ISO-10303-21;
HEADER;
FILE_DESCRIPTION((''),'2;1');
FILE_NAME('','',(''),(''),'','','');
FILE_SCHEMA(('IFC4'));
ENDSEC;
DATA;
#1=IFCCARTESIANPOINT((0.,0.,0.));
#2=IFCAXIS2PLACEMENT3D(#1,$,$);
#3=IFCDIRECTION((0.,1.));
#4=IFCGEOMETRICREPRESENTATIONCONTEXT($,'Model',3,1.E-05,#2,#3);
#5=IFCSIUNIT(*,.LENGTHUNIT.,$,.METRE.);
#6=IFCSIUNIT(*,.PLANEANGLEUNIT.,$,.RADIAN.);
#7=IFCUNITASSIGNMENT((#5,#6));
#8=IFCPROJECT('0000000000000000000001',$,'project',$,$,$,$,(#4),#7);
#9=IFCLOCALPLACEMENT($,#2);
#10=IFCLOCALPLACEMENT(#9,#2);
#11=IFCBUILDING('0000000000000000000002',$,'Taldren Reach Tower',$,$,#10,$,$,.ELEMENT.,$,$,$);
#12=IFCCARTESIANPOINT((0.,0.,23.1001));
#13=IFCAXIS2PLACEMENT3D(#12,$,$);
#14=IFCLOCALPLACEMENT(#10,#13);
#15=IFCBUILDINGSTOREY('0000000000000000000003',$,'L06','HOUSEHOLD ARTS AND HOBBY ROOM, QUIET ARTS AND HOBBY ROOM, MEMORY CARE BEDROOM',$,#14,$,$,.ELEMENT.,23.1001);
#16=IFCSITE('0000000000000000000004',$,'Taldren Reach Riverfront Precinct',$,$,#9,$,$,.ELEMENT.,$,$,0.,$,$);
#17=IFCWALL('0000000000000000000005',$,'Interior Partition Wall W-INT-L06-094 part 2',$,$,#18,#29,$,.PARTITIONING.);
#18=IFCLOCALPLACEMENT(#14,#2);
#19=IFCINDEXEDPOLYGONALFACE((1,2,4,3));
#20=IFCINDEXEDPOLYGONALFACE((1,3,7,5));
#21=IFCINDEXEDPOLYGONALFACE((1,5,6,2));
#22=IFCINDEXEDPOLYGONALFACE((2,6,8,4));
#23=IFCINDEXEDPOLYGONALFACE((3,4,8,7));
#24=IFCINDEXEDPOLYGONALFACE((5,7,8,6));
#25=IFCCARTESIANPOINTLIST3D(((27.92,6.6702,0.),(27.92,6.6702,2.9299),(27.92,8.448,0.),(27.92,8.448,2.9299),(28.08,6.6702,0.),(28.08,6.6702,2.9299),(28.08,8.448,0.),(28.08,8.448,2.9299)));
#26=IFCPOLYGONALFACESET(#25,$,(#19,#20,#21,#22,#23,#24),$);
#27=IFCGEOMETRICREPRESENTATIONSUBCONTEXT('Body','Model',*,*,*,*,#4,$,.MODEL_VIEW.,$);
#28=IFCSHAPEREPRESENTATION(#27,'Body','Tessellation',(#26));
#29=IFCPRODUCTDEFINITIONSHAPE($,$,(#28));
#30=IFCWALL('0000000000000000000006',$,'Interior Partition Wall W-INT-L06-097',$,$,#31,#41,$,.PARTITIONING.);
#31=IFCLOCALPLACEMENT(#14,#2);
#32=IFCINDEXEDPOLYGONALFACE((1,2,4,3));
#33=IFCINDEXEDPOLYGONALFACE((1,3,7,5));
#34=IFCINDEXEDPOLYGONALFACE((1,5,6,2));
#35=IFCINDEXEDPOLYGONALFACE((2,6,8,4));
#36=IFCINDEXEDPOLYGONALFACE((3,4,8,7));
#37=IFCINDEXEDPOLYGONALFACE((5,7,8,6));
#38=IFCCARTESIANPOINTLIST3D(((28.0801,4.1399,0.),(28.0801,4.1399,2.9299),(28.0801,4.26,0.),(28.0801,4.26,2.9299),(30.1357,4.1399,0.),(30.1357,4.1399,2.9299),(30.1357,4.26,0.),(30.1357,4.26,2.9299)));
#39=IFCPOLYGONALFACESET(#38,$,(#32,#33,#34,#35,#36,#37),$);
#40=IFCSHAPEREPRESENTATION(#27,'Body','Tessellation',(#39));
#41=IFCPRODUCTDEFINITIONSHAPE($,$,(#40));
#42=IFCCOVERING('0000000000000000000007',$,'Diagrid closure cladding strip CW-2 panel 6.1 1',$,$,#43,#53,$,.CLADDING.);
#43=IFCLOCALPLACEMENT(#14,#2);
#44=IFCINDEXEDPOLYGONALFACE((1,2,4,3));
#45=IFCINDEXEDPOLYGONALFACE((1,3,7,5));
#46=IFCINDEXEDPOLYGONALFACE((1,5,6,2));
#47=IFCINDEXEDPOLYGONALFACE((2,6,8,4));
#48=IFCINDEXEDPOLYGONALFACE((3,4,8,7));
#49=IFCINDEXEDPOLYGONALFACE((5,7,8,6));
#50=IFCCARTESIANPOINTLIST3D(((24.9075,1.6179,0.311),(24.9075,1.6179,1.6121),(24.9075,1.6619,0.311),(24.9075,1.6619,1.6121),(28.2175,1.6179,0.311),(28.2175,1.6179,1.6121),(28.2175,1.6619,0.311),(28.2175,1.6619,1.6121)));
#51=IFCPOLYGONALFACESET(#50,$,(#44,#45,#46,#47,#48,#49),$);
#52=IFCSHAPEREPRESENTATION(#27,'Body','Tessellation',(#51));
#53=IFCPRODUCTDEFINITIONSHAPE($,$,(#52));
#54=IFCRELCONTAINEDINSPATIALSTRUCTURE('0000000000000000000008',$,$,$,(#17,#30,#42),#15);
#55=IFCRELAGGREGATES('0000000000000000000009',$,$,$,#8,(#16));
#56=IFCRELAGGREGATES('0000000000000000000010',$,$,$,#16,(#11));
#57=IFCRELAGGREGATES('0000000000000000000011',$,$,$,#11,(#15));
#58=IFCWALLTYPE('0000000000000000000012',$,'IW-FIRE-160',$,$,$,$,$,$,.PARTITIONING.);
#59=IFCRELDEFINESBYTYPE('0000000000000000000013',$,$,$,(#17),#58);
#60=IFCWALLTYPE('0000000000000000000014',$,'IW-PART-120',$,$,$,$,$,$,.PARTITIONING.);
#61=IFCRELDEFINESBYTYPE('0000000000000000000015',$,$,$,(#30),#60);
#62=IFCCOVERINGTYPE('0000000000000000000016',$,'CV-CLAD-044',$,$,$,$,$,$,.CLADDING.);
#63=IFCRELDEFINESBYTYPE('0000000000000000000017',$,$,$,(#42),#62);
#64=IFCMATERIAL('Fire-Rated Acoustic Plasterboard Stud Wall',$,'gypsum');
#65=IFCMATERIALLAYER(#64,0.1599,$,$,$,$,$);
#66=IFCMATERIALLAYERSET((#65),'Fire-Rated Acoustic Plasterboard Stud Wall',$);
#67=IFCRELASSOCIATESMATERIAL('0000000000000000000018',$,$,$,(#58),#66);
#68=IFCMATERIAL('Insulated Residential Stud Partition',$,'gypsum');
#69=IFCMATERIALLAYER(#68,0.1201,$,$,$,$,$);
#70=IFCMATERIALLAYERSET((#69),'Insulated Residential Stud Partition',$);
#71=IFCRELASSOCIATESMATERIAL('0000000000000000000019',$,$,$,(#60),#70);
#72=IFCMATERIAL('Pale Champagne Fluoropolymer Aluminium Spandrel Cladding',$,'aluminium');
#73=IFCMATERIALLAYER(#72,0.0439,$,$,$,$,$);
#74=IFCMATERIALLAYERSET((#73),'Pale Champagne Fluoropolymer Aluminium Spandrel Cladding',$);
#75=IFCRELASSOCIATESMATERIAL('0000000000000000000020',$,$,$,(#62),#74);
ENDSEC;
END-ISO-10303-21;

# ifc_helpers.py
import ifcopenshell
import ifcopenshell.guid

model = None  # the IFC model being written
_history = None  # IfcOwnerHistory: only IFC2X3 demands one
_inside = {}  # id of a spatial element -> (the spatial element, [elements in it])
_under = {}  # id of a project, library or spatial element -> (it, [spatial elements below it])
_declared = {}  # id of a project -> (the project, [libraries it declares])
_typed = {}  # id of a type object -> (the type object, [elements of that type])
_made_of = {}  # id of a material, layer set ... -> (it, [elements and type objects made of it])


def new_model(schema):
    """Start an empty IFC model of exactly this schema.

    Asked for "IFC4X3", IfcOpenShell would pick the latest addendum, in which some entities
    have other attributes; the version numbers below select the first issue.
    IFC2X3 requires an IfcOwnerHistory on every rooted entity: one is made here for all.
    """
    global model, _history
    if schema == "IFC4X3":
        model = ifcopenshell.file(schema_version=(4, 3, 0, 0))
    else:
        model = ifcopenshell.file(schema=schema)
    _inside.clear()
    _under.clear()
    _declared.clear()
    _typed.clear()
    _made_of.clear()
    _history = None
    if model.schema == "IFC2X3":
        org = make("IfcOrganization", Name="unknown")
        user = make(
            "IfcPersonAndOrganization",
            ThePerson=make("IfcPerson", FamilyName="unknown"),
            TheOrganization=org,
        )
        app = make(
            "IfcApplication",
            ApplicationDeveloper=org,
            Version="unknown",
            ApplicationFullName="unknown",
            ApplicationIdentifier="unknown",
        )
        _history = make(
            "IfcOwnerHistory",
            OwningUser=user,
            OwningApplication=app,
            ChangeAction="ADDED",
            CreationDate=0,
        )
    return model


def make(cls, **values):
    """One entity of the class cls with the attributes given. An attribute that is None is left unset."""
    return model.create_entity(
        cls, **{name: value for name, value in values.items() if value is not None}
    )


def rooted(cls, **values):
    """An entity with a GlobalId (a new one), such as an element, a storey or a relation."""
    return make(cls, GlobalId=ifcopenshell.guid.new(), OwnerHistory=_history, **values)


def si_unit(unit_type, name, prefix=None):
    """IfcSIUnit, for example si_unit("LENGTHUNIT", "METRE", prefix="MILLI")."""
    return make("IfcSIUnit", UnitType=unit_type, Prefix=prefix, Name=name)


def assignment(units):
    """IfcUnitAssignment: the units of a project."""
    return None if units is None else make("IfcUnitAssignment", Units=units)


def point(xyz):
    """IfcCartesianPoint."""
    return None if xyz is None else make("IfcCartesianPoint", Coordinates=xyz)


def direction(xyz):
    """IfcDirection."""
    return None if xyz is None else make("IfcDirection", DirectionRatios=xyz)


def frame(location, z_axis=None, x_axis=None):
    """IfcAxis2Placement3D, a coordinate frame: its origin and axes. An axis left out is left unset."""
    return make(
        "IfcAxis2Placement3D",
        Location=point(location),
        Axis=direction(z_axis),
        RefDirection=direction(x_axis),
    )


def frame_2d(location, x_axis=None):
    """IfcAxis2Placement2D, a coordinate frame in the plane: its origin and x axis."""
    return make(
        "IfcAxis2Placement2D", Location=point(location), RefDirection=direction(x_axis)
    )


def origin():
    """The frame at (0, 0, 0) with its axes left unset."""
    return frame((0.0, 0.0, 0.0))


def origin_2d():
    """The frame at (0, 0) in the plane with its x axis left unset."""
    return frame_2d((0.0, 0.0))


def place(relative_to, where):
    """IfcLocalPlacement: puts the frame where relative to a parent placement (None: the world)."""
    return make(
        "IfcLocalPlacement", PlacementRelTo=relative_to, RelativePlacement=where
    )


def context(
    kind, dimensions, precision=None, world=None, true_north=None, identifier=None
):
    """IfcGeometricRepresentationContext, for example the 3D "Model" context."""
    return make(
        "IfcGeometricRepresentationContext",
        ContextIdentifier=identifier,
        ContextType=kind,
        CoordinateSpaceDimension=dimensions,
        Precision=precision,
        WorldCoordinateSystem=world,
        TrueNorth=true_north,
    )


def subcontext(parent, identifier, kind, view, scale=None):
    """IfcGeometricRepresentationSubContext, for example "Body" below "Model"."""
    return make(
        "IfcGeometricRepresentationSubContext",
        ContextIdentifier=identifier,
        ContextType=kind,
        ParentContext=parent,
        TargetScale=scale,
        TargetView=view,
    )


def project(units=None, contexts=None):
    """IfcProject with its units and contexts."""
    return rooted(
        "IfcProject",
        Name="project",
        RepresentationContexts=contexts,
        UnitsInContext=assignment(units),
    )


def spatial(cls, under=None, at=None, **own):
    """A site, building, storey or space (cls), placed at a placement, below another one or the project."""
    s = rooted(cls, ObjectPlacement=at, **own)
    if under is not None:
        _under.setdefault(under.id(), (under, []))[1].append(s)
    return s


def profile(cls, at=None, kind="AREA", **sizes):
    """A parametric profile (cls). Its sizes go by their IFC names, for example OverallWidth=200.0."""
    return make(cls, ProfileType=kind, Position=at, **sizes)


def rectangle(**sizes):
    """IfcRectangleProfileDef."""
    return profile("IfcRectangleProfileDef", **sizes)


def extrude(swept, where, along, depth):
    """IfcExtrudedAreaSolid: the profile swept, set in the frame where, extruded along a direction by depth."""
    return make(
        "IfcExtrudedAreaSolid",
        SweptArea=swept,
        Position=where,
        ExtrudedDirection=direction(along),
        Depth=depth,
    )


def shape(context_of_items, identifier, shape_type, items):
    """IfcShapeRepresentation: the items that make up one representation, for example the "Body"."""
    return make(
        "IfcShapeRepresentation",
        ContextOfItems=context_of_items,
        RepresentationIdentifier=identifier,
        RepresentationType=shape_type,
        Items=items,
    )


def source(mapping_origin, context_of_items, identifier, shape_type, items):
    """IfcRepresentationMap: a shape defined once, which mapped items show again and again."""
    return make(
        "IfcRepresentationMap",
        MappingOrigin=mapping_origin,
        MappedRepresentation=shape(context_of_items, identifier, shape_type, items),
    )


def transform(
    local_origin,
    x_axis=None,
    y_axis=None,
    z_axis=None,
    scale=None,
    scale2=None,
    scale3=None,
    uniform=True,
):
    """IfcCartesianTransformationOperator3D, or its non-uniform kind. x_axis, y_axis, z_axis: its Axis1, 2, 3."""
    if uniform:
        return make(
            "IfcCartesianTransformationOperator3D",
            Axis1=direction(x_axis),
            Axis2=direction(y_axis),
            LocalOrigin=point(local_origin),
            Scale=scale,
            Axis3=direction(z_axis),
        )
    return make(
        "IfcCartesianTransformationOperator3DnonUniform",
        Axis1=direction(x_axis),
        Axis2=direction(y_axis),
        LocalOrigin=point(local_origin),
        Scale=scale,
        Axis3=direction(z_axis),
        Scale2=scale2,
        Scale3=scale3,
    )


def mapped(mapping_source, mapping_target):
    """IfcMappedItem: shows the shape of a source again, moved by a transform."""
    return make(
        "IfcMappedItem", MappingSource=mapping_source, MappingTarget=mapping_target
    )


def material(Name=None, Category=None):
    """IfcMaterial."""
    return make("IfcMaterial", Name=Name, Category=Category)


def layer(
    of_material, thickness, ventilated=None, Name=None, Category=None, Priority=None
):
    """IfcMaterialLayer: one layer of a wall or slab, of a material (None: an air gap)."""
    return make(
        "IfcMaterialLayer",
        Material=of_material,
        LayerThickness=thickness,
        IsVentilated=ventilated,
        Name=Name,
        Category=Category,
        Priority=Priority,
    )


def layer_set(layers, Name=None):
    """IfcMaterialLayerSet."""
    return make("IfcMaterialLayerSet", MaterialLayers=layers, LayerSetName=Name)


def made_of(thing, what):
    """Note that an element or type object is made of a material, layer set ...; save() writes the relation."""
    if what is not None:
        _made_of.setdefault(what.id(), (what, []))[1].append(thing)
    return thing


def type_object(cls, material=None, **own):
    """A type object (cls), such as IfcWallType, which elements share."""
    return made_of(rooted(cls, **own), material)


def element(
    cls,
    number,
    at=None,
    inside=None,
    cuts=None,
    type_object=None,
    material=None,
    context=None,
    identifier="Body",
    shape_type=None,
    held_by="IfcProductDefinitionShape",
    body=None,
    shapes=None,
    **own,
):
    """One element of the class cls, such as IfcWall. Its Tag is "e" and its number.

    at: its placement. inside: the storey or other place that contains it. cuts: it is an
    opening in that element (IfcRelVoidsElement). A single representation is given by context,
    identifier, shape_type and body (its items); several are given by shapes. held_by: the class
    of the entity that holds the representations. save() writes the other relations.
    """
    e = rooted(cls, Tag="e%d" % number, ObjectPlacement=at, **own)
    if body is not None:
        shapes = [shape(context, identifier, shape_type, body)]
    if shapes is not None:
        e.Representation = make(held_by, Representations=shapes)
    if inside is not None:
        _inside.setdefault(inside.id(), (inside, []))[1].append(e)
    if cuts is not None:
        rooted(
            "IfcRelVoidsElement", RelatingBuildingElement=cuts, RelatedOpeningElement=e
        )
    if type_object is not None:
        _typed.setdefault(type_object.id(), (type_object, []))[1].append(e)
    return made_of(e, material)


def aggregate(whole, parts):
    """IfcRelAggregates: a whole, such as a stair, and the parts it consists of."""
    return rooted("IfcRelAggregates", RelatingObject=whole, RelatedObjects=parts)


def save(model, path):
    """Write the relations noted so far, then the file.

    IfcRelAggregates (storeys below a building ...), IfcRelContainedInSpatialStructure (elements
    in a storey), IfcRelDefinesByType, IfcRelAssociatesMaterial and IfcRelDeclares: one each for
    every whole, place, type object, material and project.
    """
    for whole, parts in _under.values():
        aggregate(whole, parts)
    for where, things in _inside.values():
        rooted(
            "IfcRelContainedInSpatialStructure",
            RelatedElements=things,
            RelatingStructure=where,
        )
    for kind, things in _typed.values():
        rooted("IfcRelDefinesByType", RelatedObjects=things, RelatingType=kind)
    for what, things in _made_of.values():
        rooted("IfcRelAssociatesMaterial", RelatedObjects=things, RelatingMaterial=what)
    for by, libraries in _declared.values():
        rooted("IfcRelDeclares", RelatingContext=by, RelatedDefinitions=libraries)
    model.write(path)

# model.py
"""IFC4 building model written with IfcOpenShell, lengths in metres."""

from ifc_helpers import new_model, si_unit, direction, frame, frame_2d, origin, origin_2d, place, context, subcontext, project, spatial, rectangle, extrude, source, transform, mapped, material, layer, layer_set, type_object, element, save


model = new_model("IFC4")

# Units and contexts
model_context = context("Model", 3, precision=1e-05, world=origin(), true_north=direction((0.0, 1.0)))
body_context = subcontext(model_context, "Body", "Model", "MODEL_VIEW")
ifc_project = project(units=[si_unit("LENGTHUNIT", "METRE"), si_unit("PLANEANGLEUNIT", "RADIAN")], contexts=[model_context])

# Site, building, storey
site_placement = place(None, origin())
site = spatial("IfcSite", under=ifc_project, at=site_placement, Name="Taldren Reach Riverfront Precinct", CompositionType="ELEMENT", RefElevation=0.0)
building_placement = place(site_placement, origin())
building = spatial("IfcBuilding", under=site, at=building_placement, Name="Taldren Reach Tower", CompositionType="ELEMENT")
storey_placement = place(building_placement, frame((0.0, 0.0, 23.1001)))
storey = spatial("IfcBuildingStorey", under=building, at=storey_placement, Name="L06", Description="HOUSEHOLD ARTS AND HOBBY ROOM, QUIET ARTS AND HOBBY ROOM, MEMORY CARE BEDROOM", CompositionType="ELEMENT", Elevation=23.1001)

# Shared definitions
ifc_material_1 = material(Name="Fire-Rated Acoustic Plasterboard Stud Wall", Category="gypsum")
ifc_layer_1 = layer(ifc_material_1, 0.1599)
ifc_layer_set_1 = layer_set([ifc_layer_1], Name="Fire-Rated Acoustic Plasterboard Stud Wall")
wall_type_1 = type_object("IfcWallType", Name="IW-FIRE-160", PredefinedType="PARTITIONING", material=ifc_layer_set_1)

# Walls
shared_shape_1 = source(origin(), body_context, "Body", "SweptSolid", [
    extrude(rectangle(XDim=1.7778, YDim=0.1599, at=frame_2d((0.8889, 0.0))), origin(), (0.0, 0.0, 1.0), 2.9299),
])
wall_1_placement = place(storey_placement, frame((28.0, 8.448, 0.0), z_axis=(0.0, 0.0, 1.0), x_axis=(0.0, -1.0, 0.0)))
element("IfcWall", 1, at=wall_1_placement, inside=storey, type_object=wall_type_1, Name="Interior Partition Wall W-INT-L06-094 part 2", PredefinedType="PARTITIONING", context=body_context, shape_type="MappedRepresentation", body=[
    mapped(shared_shape_1, transform((0.0, 0.0, 0.0), scale=1.0)),
])
ifc_material_2 = material(Name="Insulated Residential Stud Partition", Category="gypsum")
ifc_layer_2 = layer(ifc_material_2, 0.1201)
ifc_layer_set_2 = layer_set([ifc_layer_2], Name="Insulated Residential Stud Partition")
wall_type_2 = type_object("IfcWallType", Name="IW-PART-120", PredefinedType="PARTITIONING", material=ifc_layer_set_2)
shared_shape_2 = source(origin(), body_context, "Body", "SweptSolid", [
    extrude(rectangle(XDim=2.0557, YDim=0.1201, at=frame_2d((1.0278, 0.0))), origin(), (0.0, 0.0, 1.0), 2.9299),
])
wall_2_placement = place(storey_placement, frame((28.0801, 4.2, 0.0), z_axis=(0.0, 0.0, 1.0), x_axis=(1.0, 0.0, 0.0)))
element("IfcWall", 2, at=wall_2_placement, inside=storey, type_object=wall_type_2, Name="Interior Partition Wall W-INT-L06-097", PredefinedType="PARTITIONING", context=body_context, shape_type="MappedRepresentation", body=[
    mapped(shared_shape_2, transform((0.0, 0.0, 0.0), scale=1.0)),
])

# Covering
ifc_material_3 = material(Name="Pale Champagne Fluoropolymer Aluminium Spandrel Cladding", Category="aluminium")
ifc_layer_3 = layer(ifc_material_3, 0.0439)
ifc_layer_set_3 = layer_set([ifc_layer_3], Name="Pale Champagne Fluoropolymer Aluminium Spandrel Cladding")
covering_type = type_object("IfcCoveringType", Name="CV-CLAD-044", PredefinedType="CLADDING", material=ifc_layer_set_3)
shared_shape_3 = source(origin(), body_context, "Body", "SweptSolid", [
    extrude(rectangle(XDim=3.3101, YDim=0.0439, at=origin_2d()), origin(), (0.0, 0.0, 1.0), 1.301),
])
covering_placement = place(storey_placement, frame((26.5625, 1.6399, 0.311), z_axis=(0.0, 0.0, 1.0), x_axis=(1.0, 0.0, 0.0)))
element("IfcCovering", 3, at=covering_placement, inside=storey, type_object=covering_type, Name="Diagrid closure cladding strip CW-2 panel 6.1 1", PredefinedType="CLADDING", context=body_context, shape_type="MappedRepresentation", body=[
    mapped(shared_shape_3, transform((0.0, 0.0, 0.0), scale=1.0)),
])

save(model, "model.ifc")
